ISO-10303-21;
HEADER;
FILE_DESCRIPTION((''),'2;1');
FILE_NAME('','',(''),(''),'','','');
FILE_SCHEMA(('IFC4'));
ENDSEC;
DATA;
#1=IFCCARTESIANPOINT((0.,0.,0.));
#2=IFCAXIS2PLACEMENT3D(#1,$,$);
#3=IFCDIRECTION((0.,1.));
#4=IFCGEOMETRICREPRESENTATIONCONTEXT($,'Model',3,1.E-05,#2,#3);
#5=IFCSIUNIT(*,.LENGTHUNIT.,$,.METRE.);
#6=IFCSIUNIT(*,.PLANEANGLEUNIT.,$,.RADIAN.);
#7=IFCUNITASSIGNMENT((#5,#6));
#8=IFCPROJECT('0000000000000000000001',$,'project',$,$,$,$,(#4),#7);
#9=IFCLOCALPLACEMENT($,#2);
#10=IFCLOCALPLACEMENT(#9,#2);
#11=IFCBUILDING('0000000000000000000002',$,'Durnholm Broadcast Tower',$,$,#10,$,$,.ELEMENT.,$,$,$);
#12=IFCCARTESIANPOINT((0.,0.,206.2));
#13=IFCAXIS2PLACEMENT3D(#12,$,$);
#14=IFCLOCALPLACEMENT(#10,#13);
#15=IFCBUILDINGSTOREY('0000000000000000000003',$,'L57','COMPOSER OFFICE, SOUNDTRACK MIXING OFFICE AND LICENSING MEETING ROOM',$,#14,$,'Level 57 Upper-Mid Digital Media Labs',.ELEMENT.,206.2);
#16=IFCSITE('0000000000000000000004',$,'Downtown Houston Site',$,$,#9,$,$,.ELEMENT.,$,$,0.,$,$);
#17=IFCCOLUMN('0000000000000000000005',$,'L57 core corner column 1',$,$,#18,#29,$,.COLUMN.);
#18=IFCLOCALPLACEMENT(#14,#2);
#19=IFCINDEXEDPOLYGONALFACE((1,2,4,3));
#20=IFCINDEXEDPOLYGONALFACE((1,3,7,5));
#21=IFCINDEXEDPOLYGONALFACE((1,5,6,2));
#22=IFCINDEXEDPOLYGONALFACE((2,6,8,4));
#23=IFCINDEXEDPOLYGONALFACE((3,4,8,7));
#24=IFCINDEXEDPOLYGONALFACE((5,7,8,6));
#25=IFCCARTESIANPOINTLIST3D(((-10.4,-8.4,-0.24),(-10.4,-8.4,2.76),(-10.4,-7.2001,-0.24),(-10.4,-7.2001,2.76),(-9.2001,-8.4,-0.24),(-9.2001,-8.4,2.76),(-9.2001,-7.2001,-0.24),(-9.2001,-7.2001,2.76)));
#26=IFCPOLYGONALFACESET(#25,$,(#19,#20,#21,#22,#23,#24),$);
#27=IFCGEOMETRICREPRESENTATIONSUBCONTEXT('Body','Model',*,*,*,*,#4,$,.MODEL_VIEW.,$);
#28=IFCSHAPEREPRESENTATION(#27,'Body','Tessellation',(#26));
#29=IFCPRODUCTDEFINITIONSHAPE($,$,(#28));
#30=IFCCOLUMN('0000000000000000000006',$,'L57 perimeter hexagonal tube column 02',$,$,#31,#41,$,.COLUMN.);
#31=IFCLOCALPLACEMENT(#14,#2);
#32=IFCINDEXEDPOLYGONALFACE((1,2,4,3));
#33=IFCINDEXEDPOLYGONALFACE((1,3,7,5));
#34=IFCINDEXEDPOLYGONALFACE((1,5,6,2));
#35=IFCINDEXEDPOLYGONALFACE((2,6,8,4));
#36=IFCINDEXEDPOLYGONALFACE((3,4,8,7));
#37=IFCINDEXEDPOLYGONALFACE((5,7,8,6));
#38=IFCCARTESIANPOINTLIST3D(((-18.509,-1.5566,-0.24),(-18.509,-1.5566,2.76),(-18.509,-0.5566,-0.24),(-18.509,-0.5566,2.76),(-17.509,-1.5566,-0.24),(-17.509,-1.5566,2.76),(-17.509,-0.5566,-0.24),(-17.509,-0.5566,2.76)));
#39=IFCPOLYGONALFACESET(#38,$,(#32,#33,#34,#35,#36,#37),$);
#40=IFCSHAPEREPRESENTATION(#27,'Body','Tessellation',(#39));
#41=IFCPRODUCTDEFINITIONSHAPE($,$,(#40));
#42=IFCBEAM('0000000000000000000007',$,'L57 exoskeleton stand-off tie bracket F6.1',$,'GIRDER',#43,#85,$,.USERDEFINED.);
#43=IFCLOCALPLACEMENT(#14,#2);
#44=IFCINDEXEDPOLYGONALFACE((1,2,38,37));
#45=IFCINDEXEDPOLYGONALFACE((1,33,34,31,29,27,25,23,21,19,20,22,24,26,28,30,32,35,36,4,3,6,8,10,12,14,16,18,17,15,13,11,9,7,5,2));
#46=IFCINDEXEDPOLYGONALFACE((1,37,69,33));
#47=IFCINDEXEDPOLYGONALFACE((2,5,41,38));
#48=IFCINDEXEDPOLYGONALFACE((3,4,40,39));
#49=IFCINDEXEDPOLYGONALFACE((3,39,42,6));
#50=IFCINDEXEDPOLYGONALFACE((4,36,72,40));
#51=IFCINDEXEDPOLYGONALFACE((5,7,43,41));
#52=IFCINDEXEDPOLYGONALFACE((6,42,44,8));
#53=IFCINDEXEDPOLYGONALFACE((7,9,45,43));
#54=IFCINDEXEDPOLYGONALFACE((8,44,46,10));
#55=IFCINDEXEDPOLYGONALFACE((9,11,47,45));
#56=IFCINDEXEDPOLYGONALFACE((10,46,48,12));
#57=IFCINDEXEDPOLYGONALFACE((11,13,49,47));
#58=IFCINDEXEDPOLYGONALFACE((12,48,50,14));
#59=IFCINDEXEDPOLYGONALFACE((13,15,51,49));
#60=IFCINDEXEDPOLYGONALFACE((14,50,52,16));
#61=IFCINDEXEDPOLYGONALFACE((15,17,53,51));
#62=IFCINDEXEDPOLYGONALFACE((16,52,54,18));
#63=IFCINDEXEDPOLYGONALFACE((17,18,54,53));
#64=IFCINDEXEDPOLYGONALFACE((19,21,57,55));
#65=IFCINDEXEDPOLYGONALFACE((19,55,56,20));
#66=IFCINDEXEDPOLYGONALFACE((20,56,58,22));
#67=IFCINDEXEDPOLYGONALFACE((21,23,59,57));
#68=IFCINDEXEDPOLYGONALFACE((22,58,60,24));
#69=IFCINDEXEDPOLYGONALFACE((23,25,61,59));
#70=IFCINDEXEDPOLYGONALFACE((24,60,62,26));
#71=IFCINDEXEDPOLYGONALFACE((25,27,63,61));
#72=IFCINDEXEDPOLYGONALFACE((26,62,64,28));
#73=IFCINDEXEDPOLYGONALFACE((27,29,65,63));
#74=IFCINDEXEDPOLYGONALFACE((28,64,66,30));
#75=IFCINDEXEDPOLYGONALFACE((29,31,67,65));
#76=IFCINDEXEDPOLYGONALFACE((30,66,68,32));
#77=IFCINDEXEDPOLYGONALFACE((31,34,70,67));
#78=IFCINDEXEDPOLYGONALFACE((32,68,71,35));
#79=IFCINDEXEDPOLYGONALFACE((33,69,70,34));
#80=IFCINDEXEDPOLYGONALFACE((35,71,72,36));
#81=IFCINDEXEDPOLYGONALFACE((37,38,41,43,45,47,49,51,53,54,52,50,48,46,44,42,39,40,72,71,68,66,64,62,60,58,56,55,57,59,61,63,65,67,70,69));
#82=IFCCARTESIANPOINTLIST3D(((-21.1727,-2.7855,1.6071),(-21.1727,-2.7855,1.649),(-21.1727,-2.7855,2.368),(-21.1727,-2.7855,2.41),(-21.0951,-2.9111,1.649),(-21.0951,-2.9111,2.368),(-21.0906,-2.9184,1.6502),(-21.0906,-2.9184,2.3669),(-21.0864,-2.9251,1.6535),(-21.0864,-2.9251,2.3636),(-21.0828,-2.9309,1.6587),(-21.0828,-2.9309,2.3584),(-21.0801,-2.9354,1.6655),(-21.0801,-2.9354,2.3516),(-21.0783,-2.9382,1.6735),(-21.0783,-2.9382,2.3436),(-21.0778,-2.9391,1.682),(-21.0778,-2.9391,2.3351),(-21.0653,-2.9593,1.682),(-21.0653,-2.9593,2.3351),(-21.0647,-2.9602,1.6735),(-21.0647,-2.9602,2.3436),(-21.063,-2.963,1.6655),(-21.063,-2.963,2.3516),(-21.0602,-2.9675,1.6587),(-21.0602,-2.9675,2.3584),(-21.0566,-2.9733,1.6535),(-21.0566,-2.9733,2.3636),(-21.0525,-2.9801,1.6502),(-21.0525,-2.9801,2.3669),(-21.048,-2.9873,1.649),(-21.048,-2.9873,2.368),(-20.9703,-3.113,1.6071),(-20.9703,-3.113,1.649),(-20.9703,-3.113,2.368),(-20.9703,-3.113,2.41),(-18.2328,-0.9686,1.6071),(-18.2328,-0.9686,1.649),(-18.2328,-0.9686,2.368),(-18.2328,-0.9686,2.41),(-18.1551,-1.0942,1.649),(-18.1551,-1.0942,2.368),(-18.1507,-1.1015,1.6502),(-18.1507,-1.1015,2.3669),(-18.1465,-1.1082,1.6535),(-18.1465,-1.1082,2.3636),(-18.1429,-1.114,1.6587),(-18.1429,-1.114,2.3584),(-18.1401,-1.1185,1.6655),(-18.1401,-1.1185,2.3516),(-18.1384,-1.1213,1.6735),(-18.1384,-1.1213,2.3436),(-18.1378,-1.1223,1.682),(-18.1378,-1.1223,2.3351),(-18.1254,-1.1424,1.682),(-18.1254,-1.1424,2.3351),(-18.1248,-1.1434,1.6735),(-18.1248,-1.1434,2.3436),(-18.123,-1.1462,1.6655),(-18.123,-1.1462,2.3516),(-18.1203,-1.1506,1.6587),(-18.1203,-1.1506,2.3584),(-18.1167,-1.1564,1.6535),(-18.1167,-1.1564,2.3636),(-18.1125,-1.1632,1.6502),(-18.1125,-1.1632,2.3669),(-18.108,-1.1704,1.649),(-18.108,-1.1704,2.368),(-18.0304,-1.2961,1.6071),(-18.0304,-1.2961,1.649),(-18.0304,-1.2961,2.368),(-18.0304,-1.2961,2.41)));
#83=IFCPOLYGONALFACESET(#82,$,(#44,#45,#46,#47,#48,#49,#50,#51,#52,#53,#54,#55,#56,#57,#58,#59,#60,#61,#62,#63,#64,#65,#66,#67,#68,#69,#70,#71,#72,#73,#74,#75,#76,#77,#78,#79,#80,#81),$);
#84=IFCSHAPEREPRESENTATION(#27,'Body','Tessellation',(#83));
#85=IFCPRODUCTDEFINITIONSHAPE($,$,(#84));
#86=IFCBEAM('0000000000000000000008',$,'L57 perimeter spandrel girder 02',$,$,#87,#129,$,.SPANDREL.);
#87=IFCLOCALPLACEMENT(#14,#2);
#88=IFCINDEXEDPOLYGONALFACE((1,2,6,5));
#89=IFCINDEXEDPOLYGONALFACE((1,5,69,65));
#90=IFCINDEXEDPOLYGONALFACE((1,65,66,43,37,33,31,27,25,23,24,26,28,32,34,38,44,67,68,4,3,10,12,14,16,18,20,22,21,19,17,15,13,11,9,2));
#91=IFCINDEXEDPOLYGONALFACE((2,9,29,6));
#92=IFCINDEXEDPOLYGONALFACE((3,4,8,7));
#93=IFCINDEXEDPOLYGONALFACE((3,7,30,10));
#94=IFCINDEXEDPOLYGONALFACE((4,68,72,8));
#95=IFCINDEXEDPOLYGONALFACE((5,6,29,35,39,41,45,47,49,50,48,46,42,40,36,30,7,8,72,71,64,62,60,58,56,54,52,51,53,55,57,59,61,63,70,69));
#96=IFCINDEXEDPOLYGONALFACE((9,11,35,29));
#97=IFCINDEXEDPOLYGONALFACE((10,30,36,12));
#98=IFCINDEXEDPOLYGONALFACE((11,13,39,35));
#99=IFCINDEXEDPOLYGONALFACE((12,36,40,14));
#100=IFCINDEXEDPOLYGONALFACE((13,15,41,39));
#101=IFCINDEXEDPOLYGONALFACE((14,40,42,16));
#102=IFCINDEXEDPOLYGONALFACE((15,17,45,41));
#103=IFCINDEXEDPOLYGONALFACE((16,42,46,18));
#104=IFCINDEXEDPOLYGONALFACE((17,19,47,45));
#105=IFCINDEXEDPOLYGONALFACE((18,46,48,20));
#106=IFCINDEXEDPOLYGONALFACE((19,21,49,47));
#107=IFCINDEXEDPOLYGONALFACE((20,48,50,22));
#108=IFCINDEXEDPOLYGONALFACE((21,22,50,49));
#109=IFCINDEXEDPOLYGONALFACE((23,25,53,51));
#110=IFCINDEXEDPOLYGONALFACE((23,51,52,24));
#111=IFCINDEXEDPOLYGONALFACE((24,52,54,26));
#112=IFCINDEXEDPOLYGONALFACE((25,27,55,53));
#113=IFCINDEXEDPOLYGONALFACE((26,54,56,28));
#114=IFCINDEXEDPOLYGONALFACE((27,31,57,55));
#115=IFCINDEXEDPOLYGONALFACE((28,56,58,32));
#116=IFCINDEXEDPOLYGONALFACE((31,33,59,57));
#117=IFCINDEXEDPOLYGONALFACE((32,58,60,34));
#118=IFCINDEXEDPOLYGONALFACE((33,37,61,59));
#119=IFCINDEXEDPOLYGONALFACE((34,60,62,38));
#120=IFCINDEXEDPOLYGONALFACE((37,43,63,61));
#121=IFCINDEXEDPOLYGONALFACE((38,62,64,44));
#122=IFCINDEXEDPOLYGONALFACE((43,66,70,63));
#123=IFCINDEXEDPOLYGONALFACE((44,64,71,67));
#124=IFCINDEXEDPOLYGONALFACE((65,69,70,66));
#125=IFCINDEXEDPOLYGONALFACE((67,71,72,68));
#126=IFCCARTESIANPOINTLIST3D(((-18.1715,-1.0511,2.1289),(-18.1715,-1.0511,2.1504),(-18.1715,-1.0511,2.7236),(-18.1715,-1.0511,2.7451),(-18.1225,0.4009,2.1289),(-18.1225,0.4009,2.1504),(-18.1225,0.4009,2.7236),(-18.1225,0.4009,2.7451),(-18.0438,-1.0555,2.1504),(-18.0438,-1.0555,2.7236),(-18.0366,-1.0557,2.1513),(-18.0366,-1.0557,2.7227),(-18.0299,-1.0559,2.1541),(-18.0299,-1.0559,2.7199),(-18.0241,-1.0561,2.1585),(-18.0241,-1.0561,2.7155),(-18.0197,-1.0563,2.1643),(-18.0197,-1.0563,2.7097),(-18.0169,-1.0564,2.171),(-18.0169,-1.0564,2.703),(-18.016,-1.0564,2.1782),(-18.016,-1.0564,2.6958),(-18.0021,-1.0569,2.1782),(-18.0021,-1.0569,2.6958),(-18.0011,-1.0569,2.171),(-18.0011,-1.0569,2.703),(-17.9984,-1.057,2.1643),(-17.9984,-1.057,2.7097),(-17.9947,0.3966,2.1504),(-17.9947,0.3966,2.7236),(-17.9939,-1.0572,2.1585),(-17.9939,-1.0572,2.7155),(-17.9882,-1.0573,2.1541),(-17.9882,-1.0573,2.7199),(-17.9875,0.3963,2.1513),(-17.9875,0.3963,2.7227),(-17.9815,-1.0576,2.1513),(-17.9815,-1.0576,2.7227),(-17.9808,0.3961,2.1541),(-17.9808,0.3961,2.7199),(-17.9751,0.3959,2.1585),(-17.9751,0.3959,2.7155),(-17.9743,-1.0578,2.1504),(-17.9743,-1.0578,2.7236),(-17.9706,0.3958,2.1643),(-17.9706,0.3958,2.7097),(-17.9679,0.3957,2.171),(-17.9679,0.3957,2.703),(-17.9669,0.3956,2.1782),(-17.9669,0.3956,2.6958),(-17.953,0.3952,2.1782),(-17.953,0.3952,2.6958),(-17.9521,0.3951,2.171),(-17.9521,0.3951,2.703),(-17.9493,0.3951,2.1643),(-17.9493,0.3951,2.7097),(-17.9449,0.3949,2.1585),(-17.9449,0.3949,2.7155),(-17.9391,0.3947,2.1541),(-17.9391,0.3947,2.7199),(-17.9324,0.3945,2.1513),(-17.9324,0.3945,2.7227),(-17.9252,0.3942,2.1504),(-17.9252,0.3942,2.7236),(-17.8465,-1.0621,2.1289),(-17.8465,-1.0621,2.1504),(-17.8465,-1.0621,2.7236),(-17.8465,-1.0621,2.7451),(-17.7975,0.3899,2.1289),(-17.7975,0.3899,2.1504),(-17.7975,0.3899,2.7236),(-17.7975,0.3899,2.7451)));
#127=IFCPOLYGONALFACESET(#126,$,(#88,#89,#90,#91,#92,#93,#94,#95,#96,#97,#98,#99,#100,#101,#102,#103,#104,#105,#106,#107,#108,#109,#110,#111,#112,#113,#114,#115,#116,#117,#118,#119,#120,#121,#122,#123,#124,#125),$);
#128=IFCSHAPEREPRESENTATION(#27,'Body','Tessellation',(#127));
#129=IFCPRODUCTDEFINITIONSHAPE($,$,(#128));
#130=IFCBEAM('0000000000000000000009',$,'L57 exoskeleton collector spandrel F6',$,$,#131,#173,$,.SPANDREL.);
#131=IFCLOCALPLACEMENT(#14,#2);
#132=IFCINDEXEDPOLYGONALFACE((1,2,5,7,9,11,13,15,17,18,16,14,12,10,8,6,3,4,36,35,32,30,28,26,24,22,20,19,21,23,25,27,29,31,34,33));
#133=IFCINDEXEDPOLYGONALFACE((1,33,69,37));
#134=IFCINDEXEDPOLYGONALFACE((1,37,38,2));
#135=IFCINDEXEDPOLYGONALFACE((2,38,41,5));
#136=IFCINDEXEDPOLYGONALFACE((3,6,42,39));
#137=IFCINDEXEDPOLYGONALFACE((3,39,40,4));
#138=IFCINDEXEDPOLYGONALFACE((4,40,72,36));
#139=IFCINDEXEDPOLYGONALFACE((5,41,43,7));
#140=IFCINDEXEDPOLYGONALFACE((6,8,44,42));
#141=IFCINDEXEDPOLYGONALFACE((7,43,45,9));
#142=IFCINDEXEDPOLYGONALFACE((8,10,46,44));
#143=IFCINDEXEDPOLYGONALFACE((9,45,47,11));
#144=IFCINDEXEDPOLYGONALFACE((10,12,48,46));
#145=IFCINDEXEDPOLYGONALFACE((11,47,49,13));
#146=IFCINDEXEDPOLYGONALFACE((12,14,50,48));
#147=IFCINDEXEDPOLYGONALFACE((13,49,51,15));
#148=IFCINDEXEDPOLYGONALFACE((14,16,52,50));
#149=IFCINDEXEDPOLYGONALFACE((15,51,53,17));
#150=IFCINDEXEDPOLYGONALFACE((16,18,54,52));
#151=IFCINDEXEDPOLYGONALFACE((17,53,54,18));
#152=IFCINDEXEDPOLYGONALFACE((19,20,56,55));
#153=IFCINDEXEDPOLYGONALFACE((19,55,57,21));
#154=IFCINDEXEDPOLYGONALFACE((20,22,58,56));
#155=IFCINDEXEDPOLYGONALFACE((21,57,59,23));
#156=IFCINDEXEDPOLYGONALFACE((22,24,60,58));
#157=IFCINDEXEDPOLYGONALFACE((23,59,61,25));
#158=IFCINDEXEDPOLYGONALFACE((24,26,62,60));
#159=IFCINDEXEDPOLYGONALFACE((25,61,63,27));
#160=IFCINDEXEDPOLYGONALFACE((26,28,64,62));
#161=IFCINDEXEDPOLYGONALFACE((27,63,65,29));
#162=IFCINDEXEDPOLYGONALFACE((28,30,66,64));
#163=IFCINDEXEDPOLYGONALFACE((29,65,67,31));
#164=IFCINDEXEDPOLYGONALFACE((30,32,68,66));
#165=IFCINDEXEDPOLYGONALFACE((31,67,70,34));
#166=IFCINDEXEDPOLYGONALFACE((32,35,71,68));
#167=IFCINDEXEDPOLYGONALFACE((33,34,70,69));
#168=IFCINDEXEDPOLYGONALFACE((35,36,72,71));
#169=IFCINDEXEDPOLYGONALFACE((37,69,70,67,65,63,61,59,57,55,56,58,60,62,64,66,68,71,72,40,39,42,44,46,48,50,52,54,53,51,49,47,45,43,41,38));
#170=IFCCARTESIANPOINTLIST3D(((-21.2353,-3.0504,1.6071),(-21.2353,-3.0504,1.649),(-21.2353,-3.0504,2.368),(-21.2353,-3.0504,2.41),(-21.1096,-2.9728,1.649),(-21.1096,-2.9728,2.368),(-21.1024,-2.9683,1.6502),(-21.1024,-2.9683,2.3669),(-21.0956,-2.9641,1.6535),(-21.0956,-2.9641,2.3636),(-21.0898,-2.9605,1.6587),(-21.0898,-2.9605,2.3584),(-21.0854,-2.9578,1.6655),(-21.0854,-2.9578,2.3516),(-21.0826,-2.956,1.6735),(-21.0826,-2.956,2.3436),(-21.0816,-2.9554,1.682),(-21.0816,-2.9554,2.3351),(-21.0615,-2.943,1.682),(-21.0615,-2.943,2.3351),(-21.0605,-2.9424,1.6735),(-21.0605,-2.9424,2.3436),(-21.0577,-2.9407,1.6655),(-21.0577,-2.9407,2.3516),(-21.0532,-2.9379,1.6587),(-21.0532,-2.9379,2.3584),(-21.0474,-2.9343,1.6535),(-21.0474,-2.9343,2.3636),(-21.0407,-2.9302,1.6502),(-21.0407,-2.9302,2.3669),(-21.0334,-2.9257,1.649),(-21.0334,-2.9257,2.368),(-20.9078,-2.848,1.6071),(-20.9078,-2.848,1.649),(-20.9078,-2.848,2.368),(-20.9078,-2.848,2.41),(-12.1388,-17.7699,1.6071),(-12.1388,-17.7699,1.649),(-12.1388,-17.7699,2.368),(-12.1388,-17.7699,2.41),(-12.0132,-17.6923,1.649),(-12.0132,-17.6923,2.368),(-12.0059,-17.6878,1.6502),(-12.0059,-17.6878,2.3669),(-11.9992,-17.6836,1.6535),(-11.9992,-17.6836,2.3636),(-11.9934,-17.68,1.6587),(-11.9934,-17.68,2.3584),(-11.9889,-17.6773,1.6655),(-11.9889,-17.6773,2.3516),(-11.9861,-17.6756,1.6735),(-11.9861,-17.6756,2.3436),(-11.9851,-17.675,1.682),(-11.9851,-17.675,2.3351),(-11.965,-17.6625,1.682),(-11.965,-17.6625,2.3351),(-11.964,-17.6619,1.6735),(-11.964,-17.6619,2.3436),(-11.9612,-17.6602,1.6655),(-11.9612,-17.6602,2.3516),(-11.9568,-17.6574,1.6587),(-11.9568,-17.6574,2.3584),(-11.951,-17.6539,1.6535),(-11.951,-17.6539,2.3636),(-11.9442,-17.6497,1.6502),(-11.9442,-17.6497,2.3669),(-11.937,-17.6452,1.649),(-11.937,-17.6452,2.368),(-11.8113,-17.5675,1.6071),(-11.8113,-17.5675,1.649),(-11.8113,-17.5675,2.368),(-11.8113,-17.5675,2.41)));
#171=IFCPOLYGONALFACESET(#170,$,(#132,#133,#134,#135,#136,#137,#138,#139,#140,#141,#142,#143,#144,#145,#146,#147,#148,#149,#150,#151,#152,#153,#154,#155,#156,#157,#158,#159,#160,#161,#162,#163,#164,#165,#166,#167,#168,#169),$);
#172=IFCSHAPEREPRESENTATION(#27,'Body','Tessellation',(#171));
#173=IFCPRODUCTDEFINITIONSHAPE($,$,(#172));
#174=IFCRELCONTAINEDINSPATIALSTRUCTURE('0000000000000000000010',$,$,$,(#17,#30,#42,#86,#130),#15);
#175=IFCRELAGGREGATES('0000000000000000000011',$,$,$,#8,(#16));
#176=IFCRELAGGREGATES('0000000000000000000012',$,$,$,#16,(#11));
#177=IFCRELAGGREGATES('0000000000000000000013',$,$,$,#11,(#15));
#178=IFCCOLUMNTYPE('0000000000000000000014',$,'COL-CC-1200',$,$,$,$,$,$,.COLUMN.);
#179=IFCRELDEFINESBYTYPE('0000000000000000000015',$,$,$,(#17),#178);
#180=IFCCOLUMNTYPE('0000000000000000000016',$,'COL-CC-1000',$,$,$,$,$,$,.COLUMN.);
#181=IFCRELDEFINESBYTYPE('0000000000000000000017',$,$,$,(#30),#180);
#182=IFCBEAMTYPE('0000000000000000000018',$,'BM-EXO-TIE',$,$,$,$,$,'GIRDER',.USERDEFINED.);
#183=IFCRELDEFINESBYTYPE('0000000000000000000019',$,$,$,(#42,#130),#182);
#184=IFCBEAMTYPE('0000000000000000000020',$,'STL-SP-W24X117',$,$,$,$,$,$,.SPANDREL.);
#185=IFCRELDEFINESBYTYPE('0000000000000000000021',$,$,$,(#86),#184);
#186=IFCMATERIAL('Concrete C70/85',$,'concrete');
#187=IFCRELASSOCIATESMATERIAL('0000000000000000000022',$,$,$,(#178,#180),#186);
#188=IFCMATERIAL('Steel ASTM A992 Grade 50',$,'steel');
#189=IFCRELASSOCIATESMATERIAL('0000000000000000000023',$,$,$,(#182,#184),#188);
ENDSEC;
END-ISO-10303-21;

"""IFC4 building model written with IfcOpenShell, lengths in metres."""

from ifc_helpers import new_model, si_unit, direction, frame, origin, origin_2d, place, context, subcontext, project, spatial, rectangle, i_section, extrude, source, transform, mapped, material, material_profile, profile_set, type_object, type_shapes, element, save


model = new_model("IFC4")

# Units and contexts
model_context = context("Model", 3, precision=1e-05, world=origin(), true_north=direction((0.0, 1.0)))
body_context = subcontext(model_context, "Body", "Model", "MODEL_VIEW")
ifc_project = project(units=[si_unit("LENGTHUNIT", "METRE"), si_unit("PLANEANGLEUNIT", "RADIAN")], contexts=[model_context])

# Site, building, storey
site_placement = place(None, origin())
site = spatial("IfcSite", under=ifc_project, at=site_placement, Name="Downtown Houston Site", CompositionType="ELEMENT", RefElevation=0.0)
building_placement = place(site_placement, origin())
building = spatial("IfcBuilding", under=site, at=building_placement, Name="Durnholm Broadcast Tower", CompositionType="ELEMENT")
storey_placement = place(building_placement, frame((0.0, 0.0, 206.2)))
storey = spatial("IfcBuildingStorey", under=building, at=storey_placement, Name="L57", Description="COMPOSER OFFICE, SOUNDTRACK MIXING OFFICE AND LICENSING MEETING ROOM", LongName="Level 57 Upper-Mid Digital Media Labs", CompositionType="ELEMENT", Elevation=206.2)

# Columns
ifc_material_1 = material(Name="Concrete C70/85", Category="concrete")
ifc_material_profile_1 = material_profile(ifc_material_1, rectangle(XDim=1.2, YDim=1.2, at=origin_2d()), Name="RC1200X1200")
ifc_profile_set_1 = profile_set([ifc_material_profile_1], Name="Concrete C70/85")
column_type_1 = type_object("IfcColumnType", Name="COL-CC-1200", PredefinedType="COLUMN", material=ifc_profile_set_1)
shared_shape_1 = source(origin(), body_context, "Body", "SweptSolid", [
    extrude(rectangle(XDim=1.2, YDim=1.2, at=origin_2d()), origin(), (0.0, 0.0, 1.0), 3.0),
])
type_shapes(column_type_1, [shared_shape_1])
column_1_placement = place(storey_placement, frame((-9.8, -7.8, -0.24), z_axis=(0.0, 0.0, 1.0), x_axis=(1.0, 0.0, 0.0)))
element("IfcColumn", 1, at=column_1_placement, inside=storey, type_object=column_type_1, Name="L57 core corner column 1", PredefinedType="COLUMN", context=body_context, shape_type="MappedRepresentation", body=[
    mapped(shared_shape_1, transform((0.0, 0.0, 0.0), x_axis=(1.0, 0.0, 0.0), y_axis=(0.0, 1.0, 0.0), z_axis=(0.0, 0.0, 1.0), scale=1.0)),
])
ifc_material_profile_2 = material_profile(ifc_material_1, rectangle(XDim=1.0, YDim=1.0, at=origin_2d()), Name="RC1000X1000")
ifc_profile_set_2 = profile_set([ifc_material_profile_2], Name="Concrete C70/85")
column_type_2 = type_object("IfcColumnType", Name="COL-CC-1000", PredefinedType="COLUMN", material=ifc_profile_set_2)
shared_shape_2 = source(origin(), body_context, "Body", "SweptSolid", [
    extrude(rectangle(XDim=1.0, YDim=1.0, at=origin_2d()), origin(), (0.0, 0.0, 1.0), 3.0),
])
type_shapes(column_type_2, [shared_shape_2])
column_2_placement = place(storey_placement, frame((-18.009, -1.0566, -0.24), z_axis=(0.0, 0.0, 1.0), x_axis=(1.0, 0.0, 0.0)))
element("IfcColumn", 2, at=column_2_placement, inside=storey, type_object=column_type_2, Name="L57 perimeter hexagonal tube column 02", PredefinedType="COLUMN", context=body_context, shape_type="MappedRepresentation", body=[
    mapped(shared_shape_2, transform((0.0, 0.0, 0.0), x_axis=(1.0, 0.0, 0.0), y_axis=(0.0, 1.0, 0.0), z_axis=(0.0, 0.0, 1.0), scale=1.0)),
])

# Beams
ifc_material_2 = material(Name="Steel ASTM A992 Grade 50", Category="steel")
ifc_material_profile_3 = material_profile(ifc_material_2, i_section(OverallWidth=0.385, OverallDepth=0.803, WebThickness=0.0237, FlangeThickness=0.042, FilletRadius=0.033, at=origin_2d()), Name="W30X261")
ifc_profile_set_3 = profile_set([ifc_material_profile_3], Name="Steel ASTM A992 Grade 50")
beam_type_1 = type_object("IfcBeamType", Name="BM-EXO-TIE", ElementType="GIRDER", PredefinedType="USERDEFINED", material=ifc_profile_set_3)
shared_shape_3 = source(origin(), body_context, "Body", "SweptSolid", [
    extrude(i_section(OverallWidth=0.385, OverallDepth=0.803, WebThickness=0.0237, FlangeThickness=0.042, FilletRadius=0.033, at=origin_2d()), origin(), (0.0, 0.0, 1.0), 3.4561),
])
beam_1_placement = place(storey_placement, frame((-18.1316, -1.1323, 2.0085), z_axis=(-0.850662, -0.525712, 0.0), x_axis=(0.525712, -0.850662, 0.0)))
element("IfcBeam", 3, at=beam_1_placement, inside=storey, type_object=beam_type_1, Name="L57 exoskeleton stand-off tie bracket F6.1", ObjectType="GIRDER", PredefinedType="USERDEFINED", context=body_context, shape_type="MappedRepresentation", body=[
    mapped(shared_shape_3, transform((0.0, 0.0, 0.0), x_axis=(1.0, 0.0, 0.0), y_axis=(0.0, 1.0, 0.0), z_axis=(0.0, 0.0, 1.0), scale=1.0)),
])
ifc_material_profile_4 = material_profile(ifc_material_2, i_section(OverallWidth=0.3252, OverallDepth=0.6162, WebThickness=0.0139, FlangeThickness=0.0215, FilletRadius=0.0278, at=origin_2d()), Name="W24X117")
ifc_profile_set_4 = profile_set([ifc_material_profile_4], Name="Steel ASTM A992 Grade 50")
beam_type_2 = type_object("IfcBeamType", Name="STL-SP-W24X117", PredefinedType="SPANDREL", material=ifc_profile_set_4)
shared_shape_4 = source(origin(), body_context, "Body", "SweptSolid", [
    extrude(i_section(OverallWidth=0.3252, OverallDepth=0.6162, WebThickness=0.0139, FlangeThickness=0.0215, FilletRadius=0.0278, at=origin_2d()), origin(), (0.0, 0.0, 1.0), 1.4529),
])
type_shapes(beam_type_2, [shared_shape_4])
beam_2_placement = place(storey_placement, frame((-18.009, -1.0566, 2.437), z_axis=(0.033774, 0.99943, 0.0), x_axis=(-0.99943, 0.033774, 0.0)))
element("IfcBeam", 4, at=beam_2_placement, inside=storey, type_object=beam_type_2, Name="L57 perimeter spandrel girder 02", PredefinedType="SPANDREL", context=body_context, shape_type="MappedRepresentation", body=[
    mapped(shared_shape_4, transform((0.0, 0.0, 0.0), x_axis=(1.0, 0.0, 0.0), y_axis=(0.0, 1.0, 0.0), z_axis=(0.0, 0.0, 1.0), scale=1.0)),
])
shared_shape_5 = source(origin(), body_context, "Body", "SweptSolid", [
    extrude(i_section(OverallWidth=0.385, OverallDepth=0.803, WebThickness=0.0237, FlangeThickness=0.042, FilletRadius=0.033, at=origin_2d()), origin(), (0.0, 0.0, 1.0), 17.3035),
])
type_shapes(beam_type_1, [shared_shape_3, shared_shape_5])
beam_3_placement = place(storey_placement, frame((-21.0715, -2.9492, 2.0085), z_axis=(0.525702, -0.850669, 0.0), x_axis=(0.850669, 0.525702, 0.0)))
element("IfcBeam", 5, at=beam_3_placement, inside=storey, type_object=beam_type_1, Name="L57 exoskeleton collector spandrel F6", PredefinedType="SPANDREL", context=body_context, shape_type="MappedRepresentation", body=[
    mapped(shared_shape_5, transform((0.0, 0.0, 0.0), x_axis=(1.0, 0.0, 0.0), y_axis=(0.0, 1.0, 0.0), z_axis=(0.0, 0.0, 1.0), scale=1.0)),
])

save(model, "model.ifc")
